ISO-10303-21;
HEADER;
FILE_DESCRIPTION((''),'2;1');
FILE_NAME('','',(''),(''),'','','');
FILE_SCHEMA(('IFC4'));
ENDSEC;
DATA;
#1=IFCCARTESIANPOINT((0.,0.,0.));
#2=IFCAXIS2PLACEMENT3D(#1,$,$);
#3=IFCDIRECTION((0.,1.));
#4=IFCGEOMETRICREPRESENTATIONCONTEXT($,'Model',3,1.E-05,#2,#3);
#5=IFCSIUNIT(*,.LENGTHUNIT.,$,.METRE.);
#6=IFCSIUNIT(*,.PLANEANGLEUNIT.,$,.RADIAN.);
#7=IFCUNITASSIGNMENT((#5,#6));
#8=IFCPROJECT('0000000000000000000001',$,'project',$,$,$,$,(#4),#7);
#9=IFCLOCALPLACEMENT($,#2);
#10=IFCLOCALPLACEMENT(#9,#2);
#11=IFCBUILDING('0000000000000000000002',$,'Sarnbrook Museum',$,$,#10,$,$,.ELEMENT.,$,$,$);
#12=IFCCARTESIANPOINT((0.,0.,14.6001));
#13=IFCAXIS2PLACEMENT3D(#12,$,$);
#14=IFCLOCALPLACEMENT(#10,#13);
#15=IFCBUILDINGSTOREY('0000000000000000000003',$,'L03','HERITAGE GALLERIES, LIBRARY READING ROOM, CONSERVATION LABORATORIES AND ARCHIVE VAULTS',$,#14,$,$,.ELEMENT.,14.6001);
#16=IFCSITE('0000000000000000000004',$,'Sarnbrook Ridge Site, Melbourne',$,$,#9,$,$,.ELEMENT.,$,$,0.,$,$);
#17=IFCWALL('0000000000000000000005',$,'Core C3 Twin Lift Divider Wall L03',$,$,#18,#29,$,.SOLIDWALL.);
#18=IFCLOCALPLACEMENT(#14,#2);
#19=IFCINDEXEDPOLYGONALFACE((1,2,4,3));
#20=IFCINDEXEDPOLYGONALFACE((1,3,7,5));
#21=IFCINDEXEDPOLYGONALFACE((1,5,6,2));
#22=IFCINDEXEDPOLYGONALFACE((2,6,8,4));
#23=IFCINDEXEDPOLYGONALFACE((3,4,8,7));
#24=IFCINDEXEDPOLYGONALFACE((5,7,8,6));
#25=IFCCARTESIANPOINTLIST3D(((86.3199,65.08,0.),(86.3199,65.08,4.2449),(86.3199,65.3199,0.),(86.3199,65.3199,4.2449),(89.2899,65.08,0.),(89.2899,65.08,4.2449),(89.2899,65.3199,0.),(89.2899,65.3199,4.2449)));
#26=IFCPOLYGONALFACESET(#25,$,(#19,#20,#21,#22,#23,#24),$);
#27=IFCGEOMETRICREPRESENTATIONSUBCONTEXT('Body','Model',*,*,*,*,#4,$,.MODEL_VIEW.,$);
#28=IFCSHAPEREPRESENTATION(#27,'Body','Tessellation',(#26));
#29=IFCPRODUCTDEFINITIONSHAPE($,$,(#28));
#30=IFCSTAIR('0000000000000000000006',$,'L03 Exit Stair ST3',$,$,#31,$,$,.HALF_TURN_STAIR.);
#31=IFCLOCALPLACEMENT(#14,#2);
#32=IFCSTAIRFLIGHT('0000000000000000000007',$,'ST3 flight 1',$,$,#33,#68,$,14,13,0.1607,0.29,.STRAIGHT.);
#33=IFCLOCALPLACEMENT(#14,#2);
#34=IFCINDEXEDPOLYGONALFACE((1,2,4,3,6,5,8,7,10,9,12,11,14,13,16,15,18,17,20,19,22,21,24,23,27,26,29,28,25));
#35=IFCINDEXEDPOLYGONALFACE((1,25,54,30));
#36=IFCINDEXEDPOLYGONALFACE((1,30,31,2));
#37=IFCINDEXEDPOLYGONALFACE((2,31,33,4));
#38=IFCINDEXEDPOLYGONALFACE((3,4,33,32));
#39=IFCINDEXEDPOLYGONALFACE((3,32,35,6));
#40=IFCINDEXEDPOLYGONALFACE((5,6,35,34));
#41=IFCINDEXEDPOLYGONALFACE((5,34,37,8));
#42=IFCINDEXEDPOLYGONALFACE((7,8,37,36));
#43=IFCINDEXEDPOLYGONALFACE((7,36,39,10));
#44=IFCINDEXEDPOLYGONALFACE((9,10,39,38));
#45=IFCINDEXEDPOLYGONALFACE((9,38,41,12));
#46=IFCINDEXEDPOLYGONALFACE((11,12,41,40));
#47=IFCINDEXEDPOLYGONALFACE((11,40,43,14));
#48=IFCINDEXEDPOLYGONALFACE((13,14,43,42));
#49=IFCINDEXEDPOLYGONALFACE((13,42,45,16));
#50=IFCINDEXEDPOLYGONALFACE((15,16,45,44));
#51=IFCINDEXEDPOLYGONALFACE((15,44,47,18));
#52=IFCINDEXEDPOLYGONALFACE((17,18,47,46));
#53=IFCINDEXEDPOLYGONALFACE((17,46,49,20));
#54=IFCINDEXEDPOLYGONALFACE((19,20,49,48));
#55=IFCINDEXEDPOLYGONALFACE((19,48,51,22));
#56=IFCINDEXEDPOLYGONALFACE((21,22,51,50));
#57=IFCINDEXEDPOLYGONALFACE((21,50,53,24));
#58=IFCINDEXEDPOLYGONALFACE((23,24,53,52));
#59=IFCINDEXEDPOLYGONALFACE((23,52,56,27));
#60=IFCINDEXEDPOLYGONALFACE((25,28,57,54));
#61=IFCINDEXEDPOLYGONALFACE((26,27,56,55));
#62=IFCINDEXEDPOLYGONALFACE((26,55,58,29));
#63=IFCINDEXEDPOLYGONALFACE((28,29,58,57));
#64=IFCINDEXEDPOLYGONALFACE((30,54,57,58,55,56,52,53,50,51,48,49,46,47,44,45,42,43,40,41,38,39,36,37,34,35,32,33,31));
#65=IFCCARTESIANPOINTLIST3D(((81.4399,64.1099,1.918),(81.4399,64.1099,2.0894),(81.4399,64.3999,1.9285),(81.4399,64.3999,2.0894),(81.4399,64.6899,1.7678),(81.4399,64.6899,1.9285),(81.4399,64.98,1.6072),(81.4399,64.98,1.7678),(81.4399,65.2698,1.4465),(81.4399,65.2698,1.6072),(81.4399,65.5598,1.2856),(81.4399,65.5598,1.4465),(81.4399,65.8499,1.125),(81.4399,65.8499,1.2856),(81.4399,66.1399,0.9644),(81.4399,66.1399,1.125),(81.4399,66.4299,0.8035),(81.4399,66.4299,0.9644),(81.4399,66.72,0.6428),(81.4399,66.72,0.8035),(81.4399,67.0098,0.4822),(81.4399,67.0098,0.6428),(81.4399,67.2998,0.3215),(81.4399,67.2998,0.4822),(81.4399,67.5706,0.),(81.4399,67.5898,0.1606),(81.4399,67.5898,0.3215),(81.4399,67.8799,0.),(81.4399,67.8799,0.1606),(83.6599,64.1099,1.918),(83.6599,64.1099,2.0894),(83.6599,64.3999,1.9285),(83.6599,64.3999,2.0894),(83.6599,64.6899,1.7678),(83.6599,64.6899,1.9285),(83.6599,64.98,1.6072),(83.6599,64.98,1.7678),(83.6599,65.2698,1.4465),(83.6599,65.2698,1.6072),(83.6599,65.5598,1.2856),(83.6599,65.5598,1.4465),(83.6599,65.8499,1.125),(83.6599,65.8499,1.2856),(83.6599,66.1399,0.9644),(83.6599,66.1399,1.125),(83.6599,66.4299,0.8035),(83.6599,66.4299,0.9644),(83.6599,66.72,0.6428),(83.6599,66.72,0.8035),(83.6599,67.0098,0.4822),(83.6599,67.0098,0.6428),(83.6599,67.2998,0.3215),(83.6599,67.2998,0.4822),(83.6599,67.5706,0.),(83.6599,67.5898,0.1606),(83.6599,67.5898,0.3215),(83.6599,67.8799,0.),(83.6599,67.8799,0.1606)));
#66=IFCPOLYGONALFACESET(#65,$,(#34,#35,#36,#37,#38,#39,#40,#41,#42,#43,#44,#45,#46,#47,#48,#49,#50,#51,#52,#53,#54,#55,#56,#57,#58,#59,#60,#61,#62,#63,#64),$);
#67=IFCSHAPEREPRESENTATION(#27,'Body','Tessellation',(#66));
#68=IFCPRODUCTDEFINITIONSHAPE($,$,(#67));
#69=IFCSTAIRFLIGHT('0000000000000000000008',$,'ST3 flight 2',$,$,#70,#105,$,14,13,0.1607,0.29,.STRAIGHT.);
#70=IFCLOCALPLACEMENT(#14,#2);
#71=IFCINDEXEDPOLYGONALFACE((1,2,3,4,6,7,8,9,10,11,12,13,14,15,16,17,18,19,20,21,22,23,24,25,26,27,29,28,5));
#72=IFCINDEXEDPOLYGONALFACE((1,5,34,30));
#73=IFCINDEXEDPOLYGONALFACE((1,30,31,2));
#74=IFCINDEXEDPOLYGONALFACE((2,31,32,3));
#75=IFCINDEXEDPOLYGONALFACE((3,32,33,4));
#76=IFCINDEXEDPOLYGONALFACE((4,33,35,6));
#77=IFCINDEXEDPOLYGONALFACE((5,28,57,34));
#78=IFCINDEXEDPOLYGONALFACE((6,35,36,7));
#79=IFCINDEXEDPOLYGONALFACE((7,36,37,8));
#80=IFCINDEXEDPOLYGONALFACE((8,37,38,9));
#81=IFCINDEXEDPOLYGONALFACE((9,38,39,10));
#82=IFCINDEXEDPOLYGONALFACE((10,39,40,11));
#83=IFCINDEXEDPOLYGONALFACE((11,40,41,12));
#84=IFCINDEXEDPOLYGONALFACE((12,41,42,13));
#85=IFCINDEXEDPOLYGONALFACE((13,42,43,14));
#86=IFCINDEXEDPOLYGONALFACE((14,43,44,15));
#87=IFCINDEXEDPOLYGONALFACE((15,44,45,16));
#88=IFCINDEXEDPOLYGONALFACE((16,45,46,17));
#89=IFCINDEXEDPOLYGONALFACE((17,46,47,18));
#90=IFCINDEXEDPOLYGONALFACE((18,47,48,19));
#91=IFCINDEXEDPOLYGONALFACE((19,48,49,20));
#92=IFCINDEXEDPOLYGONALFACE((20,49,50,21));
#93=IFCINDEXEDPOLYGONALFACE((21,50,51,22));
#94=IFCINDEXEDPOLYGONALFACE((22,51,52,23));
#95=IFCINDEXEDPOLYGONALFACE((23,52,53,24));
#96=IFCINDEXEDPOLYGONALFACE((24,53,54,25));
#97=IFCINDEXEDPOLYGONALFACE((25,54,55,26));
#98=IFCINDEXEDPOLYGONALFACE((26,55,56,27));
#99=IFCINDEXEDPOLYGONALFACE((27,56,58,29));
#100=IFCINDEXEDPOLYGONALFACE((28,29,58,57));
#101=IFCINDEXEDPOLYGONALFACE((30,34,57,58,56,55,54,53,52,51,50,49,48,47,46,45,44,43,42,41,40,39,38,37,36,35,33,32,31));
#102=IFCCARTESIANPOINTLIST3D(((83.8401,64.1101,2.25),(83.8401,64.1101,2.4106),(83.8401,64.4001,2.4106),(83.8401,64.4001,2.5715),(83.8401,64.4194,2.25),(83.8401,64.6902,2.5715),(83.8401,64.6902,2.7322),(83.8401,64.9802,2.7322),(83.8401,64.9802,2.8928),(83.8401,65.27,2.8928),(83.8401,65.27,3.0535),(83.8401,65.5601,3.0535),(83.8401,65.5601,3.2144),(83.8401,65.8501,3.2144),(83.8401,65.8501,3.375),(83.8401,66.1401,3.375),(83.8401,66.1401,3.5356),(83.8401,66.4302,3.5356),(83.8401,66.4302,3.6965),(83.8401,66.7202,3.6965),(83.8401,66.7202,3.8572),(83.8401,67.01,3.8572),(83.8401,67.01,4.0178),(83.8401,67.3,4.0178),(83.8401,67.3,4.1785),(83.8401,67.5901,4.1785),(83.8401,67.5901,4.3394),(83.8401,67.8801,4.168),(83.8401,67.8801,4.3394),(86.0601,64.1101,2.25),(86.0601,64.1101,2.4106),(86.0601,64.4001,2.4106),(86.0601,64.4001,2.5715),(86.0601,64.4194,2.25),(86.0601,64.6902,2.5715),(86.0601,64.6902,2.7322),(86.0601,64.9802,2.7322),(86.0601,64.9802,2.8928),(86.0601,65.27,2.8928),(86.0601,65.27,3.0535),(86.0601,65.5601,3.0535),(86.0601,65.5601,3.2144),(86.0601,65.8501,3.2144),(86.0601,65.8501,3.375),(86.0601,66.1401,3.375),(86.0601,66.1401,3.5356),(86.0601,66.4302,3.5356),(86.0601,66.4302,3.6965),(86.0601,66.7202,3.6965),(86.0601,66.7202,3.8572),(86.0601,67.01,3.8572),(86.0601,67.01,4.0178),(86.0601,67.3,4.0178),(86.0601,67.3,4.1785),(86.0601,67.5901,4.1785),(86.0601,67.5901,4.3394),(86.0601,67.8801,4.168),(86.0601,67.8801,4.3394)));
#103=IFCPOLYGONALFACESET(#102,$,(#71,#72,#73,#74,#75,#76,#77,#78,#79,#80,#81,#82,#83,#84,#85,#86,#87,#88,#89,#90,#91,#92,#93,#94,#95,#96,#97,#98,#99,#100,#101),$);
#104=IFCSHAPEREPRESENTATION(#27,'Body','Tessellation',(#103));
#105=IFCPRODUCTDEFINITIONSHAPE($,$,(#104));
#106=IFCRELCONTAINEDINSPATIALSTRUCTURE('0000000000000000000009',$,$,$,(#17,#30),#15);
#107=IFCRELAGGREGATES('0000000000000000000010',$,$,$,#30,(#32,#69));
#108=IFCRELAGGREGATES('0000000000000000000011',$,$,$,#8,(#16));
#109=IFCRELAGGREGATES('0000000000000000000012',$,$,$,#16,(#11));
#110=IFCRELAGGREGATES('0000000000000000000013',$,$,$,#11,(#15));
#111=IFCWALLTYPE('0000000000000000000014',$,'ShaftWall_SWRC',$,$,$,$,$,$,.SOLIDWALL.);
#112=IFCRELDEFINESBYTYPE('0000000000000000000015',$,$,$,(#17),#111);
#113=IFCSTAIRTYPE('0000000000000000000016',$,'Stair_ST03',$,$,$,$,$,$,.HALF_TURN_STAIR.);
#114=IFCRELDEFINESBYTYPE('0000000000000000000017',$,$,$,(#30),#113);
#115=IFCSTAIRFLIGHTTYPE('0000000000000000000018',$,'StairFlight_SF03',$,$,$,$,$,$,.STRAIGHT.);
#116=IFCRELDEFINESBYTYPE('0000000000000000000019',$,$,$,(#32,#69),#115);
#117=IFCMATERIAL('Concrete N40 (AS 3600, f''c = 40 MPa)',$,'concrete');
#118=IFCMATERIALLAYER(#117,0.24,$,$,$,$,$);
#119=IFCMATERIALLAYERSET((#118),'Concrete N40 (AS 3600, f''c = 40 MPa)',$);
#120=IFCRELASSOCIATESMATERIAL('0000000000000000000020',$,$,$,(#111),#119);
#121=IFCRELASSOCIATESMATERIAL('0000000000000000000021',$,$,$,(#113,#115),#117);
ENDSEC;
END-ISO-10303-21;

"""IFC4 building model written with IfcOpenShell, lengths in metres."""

from ifc_helpers import new_model, si_unit, direction, frame, frame_2d, origin, place, context, subcontext, project, spatial, polyline, rectangle, outline, extrude, material, layer, layer_set, type_object, element, aggregate, save


model = new_model("IFC4")

# Units and contexts
model_context = context("Model", 3, precision=1e-05, world=origin(), true_north=direction((0.0, 1.0)))
body_context = subcontext(model_context, "Body", "Model", "MODEL_VIEW")
ifc_project = project(units=[si_unit("LENGTHUNIT", "METRE"), si_unit("PLANEANGLEUNIT", "RADIAN")], contexts=[model_context])

# Site, building, storey
site_placement = place(None, origin())
site = spatial("IfcSite", under=ifc_project, at=site_placement, Name="Sarnbrook Ridge Site, Melbourne", CompositionType="ELEMENT", RefElevation=0.0)
building_placement = place(site_placement, origin())
building = spatial("IfcBuilding", under=site, at=building_placement, Name="Sarnbrook Museum", CompositionType="ELEMENT")
storey_placement = place(building_placement, frame((0.0, 0.0, 14.6001)))
storey = spatial("IfcBuildingStorey", under=building, at=storey_placement, Name="L03", Description="HERITAGE GALLERIES, LIBRARY READING ROOM, CONSERVATION LABORATORIES AND ARCHIVE VAULTS", CompositionType="ELEMENT", Elevation=14.6001)

# Wall
ifc_material_1 = material(Name="Concrete N40 (AS 3600, f'c = 40 MPa)", Category="concrete")
ifc_layer_1 = layer(ifc_material_1, 0.24)
ifc_layer_set_1 = layer_set([ifc_layer_1], Name="Concrete N40 (AS 3600, f'c = 40 MPa)")
wall_type = type_object("IfcWallType", Name="ShaftWall_SWRC", PredefinedType="SOLIDWALL", material=ifc_layer_set_1)
wall_placement = place(storey_placement, frame((86.3201, 65.2, 0.0), z_axis=(0.0, 0.0, 1.0), x_axis=(1.0, 0.0, 0.0)))
element("IfcWall", 1, at=wall_placement, inside=storey, type_object=wall_type, Name="Core C3 Twin Lift Divider Wall L03", PredefinedType="SOLIDWALL", context=body_context, shape_type="SweptSolid", body=[
    extrude(rectangle(XDim=2.97, YDim=0.24, at=frame_2d((1.4849, 0.0))), origin(), (0.0, 0.0, 1.0), 4.2449),
])

# Stair, stair flights
stair_type = type_object("IfcStairType", Name="Stair_ST03", PredefinedType="HALF_TURN_STAIR", material=ifc_material_1)
stair_placement = place(storey_placement, origin())
stair = element("IfcStair", 2, at=stair_placement, inside=storey, type_object=stair_type, Name="L03 Exit Stair ST3", PredefinedType="HALF_TURN_STAIR")
stair_flight_type = type_object("IfcStairFlightType", Name="StairFlight_SF03", PredefinedType="STRAIGHT", material=ifc_material_1)
stair_flight_1_placement = place(storey_placement, frame((82.55, 67.8799, 0.0), z_axis=(0.0, 0.0, 1.0), x_axis=(0.0, -1.0, 0.0)))
stair_flight_1 = element("IfcStairFlight", 3, at=stair_flight_1_placement, type_object=stair_flight_type, Name="ST3 flight 1", NumberOfRisers=14, NumberOfTreads=13, PredefinedType="STRAIGHT", RiserHeight=0.1607, TreadLength=0.29, context=body_context, shape_type="SweptSolid", body=[
    extrude(outline(polyline([(0.0, 0.0), (0.0, 0.1606), (0.29, 0.1606), (0.29, 0.3215), (0.5801, 0.3215), (0.5801, 0.4822), (0.8701, 0.4822), (0.8701, 0.6428), (1.1599, 0.6428), (1.1599, 0.8035), (1.45, 0.8035), (1.45, 0.9644), (1.74, 0.9644), (1.74, 1.125), (2.03, 1.125), (2.03, 1.2856), (2.3201, 1.2856), (2.3201, 1.4465), (2.6101, 1.4465), (2.6101, 1.6072), (2.8999, 1.6072), (2.8999, 1.7678), (3.1899, 1.7678), (3.1899, 1.9285), (3.48, 1.9285), (3.48, 2.0894), (3.77, 2.0894), (3.77, 2.25), (3.77, 1.918), (0.3093, 0.0), (0.0, 0.0)])), frame((0.0, 1.1099, 0.0), z_axis=(0.0, -1.0, 0.0), x_axis=(1.0, 0.0, 0.0)), (0.0, 0.0, 1.0), 2.22),
])
stair_flight_2_placement = place(storey_placement, frame((84.95, 64.1101, 2.25), z_axis=(0.0, 0.0, 1.0), x_axis=(0.0, 1.0, 0.0)))
stair_flight_2 = element("IfcStairFlight", 4, at=stair_flight_2_placement, type_object=stair_flight_type, Name="ST3 flight 2", NumberOfRisers=14, NumberOfTreads=13, PredefinedType="STRAIGHT", RiserHeight=0.1607, TreadLength=0.29, context=body_context, shape_type="SweptSolid", body=[
    extrude(outline(polyline([(0.0, 0.0), (0.0, 0.1606), (0.29, 0.1606), (0.29, 0.3215), (0.5801, 0.3215), (0.5801, 0.4822), (0.8701, 0.4822), (0.8701, 0.6428), (1.1599, 0.6428), (1.1599, 0.8035), (1.45, 0.8035), (1.45, 0.9644), (1.74, 0.9644), (1.74, 1.125), (2.03, 1.125), (2.03, 1.2856), (2.3201, 1.2856), (2.3201, 1.4465), (2.6101, 1.4465), (2.6101, 1.6072), (2.8999, 1.6072), (2.8999, 1.7678), (3.1899, 1.7678), (3.1899, 1.9285), (3.48, 1.9285), (3.48, 2.0894), (3.77, 2.0894), (3.77, 2.25), (3.77, 1.918), (0.3093, 0.0), (0.0, 0.0)])), frame((0.0, 1.1099, 0.0), z_axis=(0.0, -1.0, 0.0), x_axis=(1.0, 0.0, 0.0)), (0.0, 0.0, 1.0), 2.22),
])
aggregate(stair, [stair_flight_1, stair_flight_2])

save(model, "model.ifc")
